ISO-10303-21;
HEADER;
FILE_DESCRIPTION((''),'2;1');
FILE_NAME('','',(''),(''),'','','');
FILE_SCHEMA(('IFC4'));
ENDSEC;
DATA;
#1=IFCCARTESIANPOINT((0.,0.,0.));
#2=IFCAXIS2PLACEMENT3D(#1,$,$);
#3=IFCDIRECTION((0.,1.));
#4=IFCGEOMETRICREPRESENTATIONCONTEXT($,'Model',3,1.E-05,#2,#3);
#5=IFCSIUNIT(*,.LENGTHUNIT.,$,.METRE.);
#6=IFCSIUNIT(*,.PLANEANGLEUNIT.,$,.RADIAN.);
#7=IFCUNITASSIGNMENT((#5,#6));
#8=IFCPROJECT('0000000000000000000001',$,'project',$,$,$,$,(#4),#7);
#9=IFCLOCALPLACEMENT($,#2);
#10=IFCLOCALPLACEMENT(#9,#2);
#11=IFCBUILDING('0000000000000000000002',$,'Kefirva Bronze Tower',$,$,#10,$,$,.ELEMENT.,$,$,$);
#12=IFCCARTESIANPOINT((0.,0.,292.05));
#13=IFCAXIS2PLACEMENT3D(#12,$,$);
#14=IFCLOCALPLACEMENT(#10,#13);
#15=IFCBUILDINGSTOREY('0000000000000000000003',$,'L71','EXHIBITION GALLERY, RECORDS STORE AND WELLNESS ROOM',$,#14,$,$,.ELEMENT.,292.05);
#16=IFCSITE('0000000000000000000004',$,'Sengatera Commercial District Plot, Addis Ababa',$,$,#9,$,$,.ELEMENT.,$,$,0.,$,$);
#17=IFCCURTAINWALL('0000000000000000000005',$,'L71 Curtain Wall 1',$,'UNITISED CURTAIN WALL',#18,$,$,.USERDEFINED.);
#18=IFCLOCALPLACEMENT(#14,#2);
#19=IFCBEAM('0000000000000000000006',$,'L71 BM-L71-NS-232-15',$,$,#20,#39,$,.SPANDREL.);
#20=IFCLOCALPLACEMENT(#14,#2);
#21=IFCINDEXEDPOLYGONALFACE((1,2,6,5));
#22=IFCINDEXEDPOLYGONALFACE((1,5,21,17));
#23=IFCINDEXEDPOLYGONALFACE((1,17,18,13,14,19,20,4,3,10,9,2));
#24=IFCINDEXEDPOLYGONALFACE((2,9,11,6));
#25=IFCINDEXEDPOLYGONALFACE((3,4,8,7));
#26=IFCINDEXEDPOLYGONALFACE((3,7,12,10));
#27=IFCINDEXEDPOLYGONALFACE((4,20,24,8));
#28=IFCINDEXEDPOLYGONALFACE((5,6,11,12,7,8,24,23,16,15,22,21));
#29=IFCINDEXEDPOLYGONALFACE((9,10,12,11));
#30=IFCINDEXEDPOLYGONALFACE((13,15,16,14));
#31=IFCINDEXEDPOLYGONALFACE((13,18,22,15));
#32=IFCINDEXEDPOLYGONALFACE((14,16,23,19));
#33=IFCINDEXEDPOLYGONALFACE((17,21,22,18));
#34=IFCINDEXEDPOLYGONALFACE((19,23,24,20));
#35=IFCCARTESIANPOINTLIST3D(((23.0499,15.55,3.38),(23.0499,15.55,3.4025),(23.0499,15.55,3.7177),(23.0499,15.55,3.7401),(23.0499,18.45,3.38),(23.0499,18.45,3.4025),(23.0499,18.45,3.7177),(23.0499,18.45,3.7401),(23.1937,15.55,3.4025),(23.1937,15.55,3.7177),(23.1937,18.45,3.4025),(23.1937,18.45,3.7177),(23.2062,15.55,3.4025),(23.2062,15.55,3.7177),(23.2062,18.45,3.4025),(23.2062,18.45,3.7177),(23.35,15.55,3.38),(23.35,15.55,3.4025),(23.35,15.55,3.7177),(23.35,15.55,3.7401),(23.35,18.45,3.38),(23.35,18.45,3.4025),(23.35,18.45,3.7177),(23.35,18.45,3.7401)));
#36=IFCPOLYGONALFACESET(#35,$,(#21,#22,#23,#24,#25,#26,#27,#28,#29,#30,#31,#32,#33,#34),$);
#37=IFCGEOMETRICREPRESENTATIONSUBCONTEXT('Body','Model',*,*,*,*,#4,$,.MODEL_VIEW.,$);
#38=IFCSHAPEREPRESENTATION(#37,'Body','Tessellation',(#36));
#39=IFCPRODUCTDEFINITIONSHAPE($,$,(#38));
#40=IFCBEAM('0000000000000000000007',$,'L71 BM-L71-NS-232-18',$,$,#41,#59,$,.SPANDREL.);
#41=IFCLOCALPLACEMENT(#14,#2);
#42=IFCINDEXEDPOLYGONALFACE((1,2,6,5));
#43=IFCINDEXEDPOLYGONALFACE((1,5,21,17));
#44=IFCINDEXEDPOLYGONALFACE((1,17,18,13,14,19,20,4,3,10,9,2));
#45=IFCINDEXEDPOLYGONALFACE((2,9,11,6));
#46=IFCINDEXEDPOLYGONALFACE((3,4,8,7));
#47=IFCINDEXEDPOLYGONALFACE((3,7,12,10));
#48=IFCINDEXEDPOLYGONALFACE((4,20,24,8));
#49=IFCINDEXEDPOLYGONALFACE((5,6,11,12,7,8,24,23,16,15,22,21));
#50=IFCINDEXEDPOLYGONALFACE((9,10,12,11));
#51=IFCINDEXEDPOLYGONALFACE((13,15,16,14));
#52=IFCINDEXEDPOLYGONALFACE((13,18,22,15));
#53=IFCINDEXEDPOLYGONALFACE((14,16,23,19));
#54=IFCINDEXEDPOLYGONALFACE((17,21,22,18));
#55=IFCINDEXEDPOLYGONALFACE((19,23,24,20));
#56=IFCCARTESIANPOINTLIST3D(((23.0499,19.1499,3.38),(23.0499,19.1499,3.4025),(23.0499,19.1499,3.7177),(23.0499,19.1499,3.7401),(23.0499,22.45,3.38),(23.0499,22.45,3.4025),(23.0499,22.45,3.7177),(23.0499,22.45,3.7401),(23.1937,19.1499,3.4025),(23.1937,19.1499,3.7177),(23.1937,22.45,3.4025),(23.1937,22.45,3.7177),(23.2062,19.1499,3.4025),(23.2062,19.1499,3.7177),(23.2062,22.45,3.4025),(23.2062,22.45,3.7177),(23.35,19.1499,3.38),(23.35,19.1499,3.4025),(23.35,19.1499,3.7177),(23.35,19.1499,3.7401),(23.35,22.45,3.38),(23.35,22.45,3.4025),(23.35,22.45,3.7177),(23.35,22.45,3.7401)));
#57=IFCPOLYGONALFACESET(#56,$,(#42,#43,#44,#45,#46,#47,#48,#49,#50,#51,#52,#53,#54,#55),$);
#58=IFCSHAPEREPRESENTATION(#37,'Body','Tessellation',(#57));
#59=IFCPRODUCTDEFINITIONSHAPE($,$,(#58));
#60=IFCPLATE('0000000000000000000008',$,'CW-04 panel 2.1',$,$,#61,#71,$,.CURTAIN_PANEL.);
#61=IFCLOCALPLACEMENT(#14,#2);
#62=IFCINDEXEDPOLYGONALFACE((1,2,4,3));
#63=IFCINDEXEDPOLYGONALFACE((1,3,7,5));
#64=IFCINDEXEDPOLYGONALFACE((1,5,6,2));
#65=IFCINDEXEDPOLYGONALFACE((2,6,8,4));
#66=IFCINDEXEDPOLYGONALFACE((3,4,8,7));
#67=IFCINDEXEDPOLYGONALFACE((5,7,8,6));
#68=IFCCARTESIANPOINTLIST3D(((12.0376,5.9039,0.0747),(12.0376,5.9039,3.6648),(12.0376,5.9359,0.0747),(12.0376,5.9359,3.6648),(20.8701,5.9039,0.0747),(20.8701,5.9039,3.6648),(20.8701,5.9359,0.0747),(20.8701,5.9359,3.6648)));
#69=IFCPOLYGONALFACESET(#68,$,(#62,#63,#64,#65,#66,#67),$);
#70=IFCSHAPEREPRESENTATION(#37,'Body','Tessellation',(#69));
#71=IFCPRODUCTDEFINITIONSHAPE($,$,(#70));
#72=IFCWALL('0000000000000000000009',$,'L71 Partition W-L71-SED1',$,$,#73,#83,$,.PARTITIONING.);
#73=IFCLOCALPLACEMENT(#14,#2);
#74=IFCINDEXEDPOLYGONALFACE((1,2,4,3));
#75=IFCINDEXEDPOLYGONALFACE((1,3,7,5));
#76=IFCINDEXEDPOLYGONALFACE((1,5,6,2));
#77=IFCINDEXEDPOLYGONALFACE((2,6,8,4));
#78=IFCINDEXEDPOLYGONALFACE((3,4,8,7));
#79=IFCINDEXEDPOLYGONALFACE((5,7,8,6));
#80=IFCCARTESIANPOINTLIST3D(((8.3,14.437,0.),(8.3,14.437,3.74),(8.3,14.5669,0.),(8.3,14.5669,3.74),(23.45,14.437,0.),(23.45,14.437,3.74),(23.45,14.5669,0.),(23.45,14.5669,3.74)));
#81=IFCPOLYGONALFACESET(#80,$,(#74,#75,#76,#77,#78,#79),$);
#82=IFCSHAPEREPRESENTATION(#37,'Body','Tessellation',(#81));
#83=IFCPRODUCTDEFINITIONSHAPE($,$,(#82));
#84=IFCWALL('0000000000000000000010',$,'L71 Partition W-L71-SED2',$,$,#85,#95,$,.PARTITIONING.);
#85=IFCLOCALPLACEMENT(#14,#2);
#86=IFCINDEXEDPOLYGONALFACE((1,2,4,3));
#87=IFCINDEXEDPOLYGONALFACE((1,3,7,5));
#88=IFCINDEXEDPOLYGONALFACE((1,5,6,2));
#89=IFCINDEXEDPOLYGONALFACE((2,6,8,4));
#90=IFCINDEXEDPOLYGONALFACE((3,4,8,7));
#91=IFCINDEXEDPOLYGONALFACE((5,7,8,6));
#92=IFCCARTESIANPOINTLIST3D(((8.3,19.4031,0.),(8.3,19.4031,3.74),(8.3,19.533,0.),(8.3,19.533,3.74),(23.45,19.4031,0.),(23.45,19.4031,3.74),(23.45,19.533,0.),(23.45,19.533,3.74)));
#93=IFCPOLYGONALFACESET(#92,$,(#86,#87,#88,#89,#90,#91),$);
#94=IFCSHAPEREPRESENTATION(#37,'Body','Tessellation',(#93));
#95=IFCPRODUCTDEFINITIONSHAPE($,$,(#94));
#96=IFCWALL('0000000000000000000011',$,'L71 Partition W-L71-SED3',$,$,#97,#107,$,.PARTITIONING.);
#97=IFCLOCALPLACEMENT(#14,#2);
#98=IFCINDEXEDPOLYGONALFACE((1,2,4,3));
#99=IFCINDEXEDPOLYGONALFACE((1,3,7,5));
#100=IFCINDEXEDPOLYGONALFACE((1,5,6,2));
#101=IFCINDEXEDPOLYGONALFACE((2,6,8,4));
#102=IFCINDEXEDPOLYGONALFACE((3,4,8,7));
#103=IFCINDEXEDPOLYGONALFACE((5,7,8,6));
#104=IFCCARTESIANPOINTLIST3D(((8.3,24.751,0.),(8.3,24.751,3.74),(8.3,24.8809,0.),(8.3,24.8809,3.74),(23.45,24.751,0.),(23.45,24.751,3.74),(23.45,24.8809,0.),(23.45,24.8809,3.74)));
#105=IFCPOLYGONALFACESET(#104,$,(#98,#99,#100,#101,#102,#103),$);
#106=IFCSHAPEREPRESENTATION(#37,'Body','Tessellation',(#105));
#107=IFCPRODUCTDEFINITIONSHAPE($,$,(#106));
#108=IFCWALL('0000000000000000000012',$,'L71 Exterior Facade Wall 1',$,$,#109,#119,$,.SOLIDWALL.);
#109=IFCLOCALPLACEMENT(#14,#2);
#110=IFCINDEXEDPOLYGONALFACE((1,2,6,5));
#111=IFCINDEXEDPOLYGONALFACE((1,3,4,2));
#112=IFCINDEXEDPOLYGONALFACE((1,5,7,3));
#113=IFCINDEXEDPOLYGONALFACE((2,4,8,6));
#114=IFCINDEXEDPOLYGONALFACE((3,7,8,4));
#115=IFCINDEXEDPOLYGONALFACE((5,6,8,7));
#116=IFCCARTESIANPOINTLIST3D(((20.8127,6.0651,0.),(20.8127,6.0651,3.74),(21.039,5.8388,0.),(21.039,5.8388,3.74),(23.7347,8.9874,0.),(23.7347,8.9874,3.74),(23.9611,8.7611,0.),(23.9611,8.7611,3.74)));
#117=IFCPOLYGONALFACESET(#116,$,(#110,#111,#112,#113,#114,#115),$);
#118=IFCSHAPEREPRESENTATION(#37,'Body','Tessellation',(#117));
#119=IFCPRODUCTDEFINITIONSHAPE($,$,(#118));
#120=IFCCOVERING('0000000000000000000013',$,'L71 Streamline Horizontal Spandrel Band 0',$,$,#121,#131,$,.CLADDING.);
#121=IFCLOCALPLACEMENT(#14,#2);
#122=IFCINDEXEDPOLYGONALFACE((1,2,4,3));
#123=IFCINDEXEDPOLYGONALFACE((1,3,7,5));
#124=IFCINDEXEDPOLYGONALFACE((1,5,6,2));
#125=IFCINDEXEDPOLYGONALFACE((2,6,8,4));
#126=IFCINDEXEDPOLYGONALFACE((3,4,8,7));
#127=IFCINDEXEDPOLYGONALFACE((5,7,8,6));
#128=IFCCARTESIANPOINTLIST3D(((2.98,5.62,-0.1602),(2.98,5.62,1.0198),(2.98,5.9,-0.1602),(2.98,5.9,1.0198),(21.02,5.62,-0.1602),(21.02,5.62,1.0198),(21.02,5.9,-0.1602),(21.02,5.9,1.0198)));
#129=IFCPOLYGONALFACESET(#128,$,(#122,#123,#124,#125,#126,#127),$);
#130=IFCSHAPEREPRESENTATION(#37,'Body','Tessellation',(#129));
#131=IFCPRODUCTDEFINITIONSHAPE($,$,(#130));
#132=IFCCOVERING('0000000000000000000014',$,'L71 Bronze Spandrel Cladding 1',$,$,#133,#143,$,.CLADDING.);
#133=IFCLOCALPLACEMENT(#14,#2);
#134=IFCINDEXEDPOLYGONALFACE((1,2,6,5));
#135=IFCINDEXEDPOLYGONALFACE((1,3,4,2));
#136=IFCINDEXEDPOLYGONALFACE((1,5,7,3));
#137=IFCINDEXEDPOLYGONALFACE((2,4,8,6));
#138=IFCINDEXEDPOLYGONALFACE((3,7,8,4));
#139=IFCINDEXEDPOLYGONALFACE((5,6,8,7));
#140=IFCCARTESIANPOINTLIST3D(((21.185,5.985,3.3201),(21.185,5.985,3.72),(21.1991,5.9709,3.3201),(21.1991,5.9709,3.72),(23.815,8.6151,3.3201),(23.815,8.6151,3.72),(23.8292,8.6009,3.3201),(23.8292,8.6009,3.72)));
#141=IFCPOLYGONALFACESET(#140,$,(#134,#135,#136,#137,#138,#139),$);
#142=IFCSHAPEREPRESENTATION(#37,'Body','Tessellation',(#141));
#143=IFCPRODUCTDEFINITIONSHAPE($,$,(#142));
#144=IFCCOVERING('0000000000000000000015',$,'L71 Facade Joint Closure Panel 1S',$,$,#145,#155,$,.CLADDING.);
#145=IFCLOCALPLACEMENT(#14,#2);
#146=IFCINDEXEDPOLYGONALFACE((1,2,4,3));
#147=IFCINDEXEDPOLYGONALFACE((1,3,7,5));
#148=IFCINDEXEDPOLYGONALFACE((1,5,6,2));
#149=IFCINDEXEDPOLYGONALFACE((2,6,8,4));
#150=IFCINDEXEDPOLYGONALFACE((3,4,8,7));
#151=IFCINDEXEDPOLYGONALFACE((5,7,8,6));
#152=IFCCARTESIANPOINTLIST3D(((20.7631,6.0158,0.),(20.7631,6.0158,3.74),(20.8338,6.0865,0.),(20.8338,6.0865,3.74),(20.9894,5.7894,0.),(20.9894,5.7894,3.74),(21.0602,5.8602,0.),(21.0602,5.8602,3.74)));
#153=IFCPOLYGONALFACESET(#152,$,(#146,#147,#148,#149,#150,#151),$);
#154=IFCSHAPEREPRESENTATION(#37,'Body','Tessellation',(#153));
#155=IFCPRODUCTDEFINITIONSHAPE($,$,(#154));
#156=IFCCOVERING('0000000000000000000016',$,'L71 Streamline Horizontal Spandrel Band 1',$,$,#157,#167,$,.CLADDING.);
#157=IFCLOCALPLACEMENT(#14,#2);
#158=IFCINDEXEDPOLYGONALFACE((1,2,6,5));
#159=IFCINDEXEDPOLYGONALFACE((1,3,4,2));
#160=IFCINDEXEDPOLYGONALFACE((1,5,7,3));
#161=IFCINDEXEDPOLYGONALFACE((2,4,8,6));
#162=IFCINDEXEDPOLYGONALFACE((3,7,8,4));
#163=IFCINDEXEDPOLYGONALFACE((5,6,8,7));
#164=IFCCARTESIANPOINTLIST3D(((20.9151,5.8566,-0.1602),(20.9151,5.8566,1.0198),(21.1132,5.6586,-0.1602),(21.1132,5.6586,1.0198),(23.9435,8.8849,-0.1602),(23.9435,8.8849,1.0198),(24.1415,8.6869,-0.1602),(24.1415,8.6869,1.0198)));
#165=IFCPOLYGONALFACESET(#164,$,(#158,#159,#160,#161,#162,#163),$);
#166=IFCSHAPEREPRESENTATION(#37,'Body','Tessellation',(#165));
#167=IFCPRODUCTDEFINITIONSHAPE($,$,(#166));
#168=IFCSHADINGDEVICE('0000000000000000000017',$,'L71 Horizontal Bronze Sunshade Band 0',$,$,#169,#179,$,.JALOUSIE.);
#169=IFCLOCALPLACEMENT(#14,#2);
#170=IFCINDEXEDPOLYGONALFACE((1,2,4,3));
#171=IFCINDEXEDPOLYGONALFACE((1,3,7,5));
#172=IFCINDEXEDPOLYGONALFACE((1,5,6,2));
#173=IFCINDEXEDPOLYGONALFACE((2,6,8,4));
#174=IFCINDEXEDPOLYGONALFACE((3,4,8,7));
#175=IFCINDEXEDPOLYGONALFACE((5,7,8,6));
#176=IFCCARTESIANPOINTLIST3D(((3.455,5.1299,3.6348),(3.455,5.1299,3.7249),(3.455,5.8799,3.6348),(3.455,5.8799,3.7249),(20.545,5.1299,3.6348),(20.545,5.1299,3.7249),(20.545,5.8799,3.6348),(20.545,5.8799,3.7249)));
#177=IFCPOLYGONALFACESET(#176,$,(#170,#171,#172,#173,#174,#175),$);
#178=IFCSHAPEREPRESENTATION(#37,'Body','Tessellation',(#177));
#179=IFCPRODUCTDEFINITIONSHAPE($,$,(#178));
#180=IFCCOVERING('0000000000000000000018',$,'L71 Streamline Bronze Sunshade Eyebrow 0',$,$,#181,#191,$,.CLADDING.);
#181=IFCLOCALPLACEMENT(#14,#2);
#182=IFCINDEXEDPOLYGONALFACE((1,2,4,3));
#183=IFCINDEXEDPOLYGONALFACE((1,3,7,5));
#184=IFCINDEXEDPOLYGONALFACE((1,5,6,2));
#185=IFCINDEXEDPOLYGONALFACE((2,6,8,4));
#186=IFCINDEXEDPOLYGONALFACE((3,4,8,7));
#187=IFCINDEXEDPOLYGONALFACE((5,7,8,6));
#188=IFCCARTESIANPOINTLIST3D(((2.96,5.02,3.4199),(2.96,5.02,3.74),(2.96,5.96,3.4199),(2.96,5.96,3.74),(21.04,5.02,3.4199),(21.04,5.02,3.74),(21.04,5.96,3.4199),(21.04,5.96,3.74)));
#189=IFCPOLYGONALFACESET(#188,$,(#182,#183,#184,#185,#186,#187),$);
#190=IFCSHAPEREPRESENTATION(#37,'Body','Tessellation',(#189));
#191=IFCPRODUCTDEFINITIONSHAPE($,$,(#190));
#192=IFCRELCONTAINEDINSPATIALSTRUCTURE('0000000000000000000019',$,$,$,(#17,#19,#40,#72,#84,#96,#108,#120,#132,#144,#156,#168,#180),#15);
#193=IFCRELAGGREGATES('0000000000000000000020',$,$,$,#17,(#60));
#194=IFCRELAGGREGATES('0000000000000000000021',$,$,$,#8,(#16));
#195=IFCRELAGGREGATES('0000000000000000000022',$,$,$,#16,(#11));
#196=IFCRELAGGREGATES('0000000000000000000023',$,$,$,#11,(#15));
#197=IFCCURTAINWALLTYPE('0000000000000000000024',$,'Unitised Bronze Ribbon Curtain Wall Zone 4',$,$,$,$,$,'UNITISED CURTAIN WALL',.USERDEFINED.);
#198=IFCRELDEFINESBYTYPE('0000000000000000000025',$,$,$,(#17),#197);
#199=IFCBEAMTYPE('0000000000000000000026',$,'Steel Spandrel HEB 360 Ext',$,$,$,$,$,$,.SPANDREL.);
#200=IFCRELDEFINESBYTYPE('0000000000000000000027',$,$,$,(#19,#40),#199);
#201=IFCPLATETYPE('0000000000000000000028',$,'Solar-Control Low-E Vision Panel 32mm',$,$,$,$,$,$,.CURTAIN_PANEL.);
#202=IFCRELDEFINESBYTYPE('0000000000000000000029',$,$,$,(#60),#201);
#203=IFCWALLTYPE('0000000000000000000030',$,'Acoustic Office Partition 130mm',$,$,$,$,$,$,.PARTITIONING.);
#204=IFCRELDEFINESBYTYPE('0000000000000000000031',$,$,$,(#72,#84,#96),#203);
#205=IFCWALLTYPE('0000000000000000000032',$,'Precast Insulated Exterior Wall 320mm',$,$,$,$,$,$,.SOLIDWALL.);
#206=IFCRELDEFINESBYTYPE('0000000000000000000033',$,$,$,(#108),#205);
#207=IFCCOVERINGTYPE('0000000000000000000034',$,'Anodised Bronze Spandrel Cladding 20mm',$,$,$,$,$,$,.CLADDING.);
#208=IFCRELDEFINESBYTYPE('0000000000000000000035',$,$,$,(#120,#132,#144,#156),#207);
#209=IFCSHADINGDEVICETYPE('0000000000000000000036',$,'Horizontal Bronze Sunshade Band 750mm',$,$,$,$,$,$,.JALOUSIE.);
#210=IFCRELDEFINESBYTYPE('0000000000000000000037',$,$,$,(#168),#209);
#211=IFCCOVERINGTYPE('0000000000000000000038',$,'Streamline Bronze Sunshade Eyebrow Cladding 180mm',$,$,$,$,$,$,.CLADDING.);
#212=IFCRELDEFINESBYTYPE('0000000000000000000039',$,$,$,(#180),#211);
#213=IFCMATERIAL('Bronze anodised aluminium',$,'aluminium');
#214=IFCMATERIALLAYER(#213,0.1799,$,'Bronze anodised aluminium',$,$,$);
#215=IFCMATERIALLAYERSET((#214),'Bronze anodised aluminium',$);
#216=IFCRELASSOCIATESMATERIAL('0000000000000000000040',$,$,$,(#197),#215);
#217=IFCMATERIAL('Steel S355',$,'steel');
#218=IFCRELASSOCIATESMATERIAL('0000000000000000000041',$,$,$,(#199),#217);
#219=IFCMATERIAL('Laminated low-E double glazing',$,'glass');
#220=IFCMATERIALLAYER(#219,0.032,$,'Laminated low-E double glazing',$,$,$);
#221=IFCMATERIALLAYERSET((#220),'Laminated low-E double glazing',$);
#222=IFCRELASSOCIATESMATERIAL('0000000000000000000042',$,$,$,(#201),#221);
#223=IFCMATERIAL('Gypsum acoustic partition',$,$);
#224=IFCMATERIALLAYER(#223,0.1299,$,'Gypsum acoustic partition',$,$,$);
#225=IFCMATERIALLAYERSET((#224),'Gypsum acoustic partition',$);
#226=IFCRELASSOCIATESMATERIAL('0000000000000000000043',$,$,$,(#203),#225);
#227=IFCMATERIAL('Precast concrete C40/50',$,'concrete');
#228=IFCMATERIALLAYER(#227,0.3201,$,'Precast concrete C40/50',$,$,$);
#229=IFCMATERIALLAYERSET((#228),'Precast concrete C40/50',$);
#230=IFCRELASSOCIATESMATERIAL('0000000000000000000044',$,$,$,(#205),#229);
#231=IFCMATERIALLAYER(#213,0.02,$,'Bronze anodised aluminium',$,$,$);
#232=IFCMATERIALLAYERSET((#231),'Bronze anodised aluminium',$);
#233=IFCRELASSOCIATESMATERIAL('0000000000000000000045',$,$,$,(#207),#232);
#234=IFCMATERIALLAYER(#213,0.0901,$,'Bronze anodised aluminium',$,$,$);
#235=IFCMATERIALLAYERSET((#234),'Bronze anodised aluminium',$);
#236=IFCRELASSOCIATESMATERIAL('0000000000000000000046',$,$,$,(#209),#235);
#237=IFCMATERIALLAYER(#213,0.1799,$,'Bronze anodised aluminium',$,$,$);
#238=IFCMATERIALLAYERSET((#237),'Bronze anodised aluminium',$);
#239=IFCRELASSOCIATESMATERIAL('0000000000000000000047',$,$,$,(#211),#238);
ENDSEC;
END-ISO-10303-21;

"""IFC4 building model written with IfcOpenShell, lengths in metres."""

from ifc_helpers import new_model, si_unit, direction, frame, frame_2d, origin, origin_2d, place, context, subcontext, project, spatial, rectangle, i_section, extrude, material, layer, layer_set, material_profile, profile_set, type_object, element, aggregate, save


model = new_model("IFC4")

# Units and contexts
model_context = context("Model", 3, precision=1e-05, world=origin(), true_north=direction((0.0, 1.0)))
body_context = subcontext(model_context, "Body", "Model", "MODEL_VIEW")
ifc_project = project(units=[si_unit("LENGTHUNIT", "METRE"), si_unit("PLANEANGLEUNIT", "RADIAN")], contexts=[model_context])

# Site, building, storey
site_placement = place(None, origin())
site = spatial("IfcSite", under=ifc_project, at=site_placement, Name="Sengatera Commercial District Plot, Addis Ababa", CompositionType="ELEMENT", RefElevation=0.0)
building_placement = place(site_placement, origin())
building = spatial("IfcBuilding", under=site, at=building_placement, Name="Kefirva Bronze Tower", CompositionType="ELEMENT")
storey_placement = place(building_placement, frame((0.0, 0.0, 292.05)))
storey = spatial("IfcBuildingStorey", under=building, at=storey_placement, Name="L71", Description="EXHIBITION GALLERY, RECORDS STORE AND WELLNESS ROOM", CompositionType="ELEMENT", Elevation=292.05)

# Curtain wall
ifc_material_1 = material(Name="Bronze anodised aluminium", Category="aluminium")
ifc_layer_1 = layer(ifc_material_1, 0.1799, Name="Bronze anodised aluminium")
ifc_layer_set_1 = layer_set([ifc_layer_1], Name="Bronze anodised aluminium")
curtain_wall_type = type_object("IfcCurtainWallType", Name="Unitised Bronze Ribbon Curtain Wall Zone 4", ElementType="UNITISED CURTAIN WALL", PredefinedType="USERDEFINED", material=ifc_layer_set_1)
curtain_wall_placement = place(storey_placement, origin())
curtain_wall = element("IfcCurtainWall", 1, at=curtain_wall_placement, inside=storey, type_object=curtain_wall_type, Name="L71 Curtain Wall 1", ObjectType="UNITISED CURTAIN WALL", PredefinedType="USERDEFINED")

# Beams
ifc_material_2 = material(Name="Steel S355", Category="steel")
ifc_material_profile_1 = material_profile(ifc_material_2, i_section(OverallWidth=0.3, OverallDepth=0.3601, WebThickness=0.0125, FlangeThickness=0.0225, at=origin_2d()), Name="HEB 360")
ifc_profile_set_1 = profile_set([ifc_material_profile_1], Name="Steel S355")
beam_type_1 = type_object("IfcBeamType", Name="Steel Spandrel HEB 360 Ext", PredefinedType="SPANDREL", material=ifc_profile_set_1)
beam_1_placement = place(storey_placement, frame((23.2, 15.55, 3.5601), z_axis=(0.0, 1.0, 0.0), x_axis=(-1.0, 0.0, 0.0)))
element("IfcBeam", 2, at=beam_1_placement, inside=storey, type_object=beam_type_1, Name="L71 BM-L71-NS-232-15", PredefinedType="SPANDREL", context=body_context, shape_type="SweptSolid", body=[
    extrude(i_section(OverallWidth=0.3, OverallDepth=0.3601, WebThickness=0.0125, FlangeThickness=0.0225, at=origin_2d()), origin(), (0.0, 0.0, 1.0), 2.8999),
])
beam_2_placement = place(storey_placement, frame((23.2, 19.1499, 3.5601), z_axis=(0.0, 1.0, 0.0), x_axis=(-1.0, 0.0, 0.0)))
element("IfcBeam", 3, at=beam_2_placement, inside=storey, type_object=beam_type_1, Name="L71 BM-L71-NS-232-18", PredefinedType="SPANDREL", context=body_context, shape_type="SweptSolid", body=[
    extrude(i_section(OverallWidth=0.3, OverallDepth=0.3601, WebThickness=0.0125, FlangeThickness=0.0225, at=origin_2d()), origin(), (0.0, 0.0, 1.0), 3.3),
])

# Plate
ifc_material_3 = material(Name="Laminated low-E double glazing", Category="glass")
ifc_layer_2 = layer(ifc_material_3, 0.032, Name="Laminated low-E double glazing")
ifc_layer_set_2 = layer_set([ifc_layer_2], Name="Laminated low-E double glazing")
plate_type = type_object("IfcPlateType", Name="Solar-Control Low-E Vision Panel 32mm", PredefinedType="CURTAIN_PANEL", material=ifc_layer_set_2)
plate_placement = place(storey_placement, frame((16.4539, 5.9199, 0.0747), z_axis=(0.0, 0.0, 1.0), x_axis=(1.0, 0.0, 0.0)))
plate = element("IfcPlate", 4, at=plate_placement, type_object=plate_type, Name="CW-04 panel 2.1", PredefinedType="CURTAIN_PANEL", context=body_context, shape_type="SweptSolid", body=[
    extrude(rectangle(XDim=8.8325, YDim=0.032, at=origin_2d()), origin(), (0.0, 0.0, 1.0), 3.5901),
])
aggregate(curtain_wall, [plate])

# Walls
ifc_material_4 = material(Name="Gypsum acoustic partition")
ifc_layer_3 = layer(ifc_material_4, 0.1299, Name="Gypsum acoustic partition")
ifc_layer_set_3 = layer_set([ifc_layer_3], Name="Gypsum acoustic partition")
wall_type_1 = type_object("IfcWallType", Name="Acoustic Office Partition 130mm", PredefinedType="PARTITIONING", material=ifc_layer_set_3)
for number, where, z_axis, x_axis, name in (
    (5, (8.3, 14.502, 0.0), (0.0, 0.0, 1.0), (1.0, 0.0, 0.0), "L71 Partition W-L71-SED1"),
    (6, (8.3, 19.468, 0.0), (0.0, 0.0, 1.0), (1.0, 0.0, 0.0), "L71 Partition W-L71-SED2"),
    (7, (8.3, 24.8159, 0.0), (0.0, 0.0, 1.0), (1.0, 0.0, 0.0), "L71 Partition W-L71-SED3"),
):
    element("IfcWall", number, at=place(storey_placement, frame(where, z_axis=z_axis, x_axis=x_axis)), inside=storey, type_object=wall_type_1, Name=name, PredefinedType="PARTITIONING", context=body_context, shape_type="SweptSolid", body=[
        extrude(rectangle(XDim=15.1499, YDim=0.1299, at=frame_2d((7.575, 0.0))), origin(), (0.0, 0.0, 1.0), 3.74),
    ])
ifc_material_5 = material(Name="Precast concrete C40/50", Category="concrete")
ifc_layer_4 = layer(ifc_material_5, 0.3201, Name="Precast concrete C40/50")
ifc_layer_set_4 = layer_set([ifc_layer_4], Name="Precast concrete C40/50")
wall_type_2 = type_object("IfcWallType", Name="Precast Insulated Exterior Wall 320mm", PredefinedType="SOLIDWALL", material=ifc_layer_set_4)
wall_placement = place(storey_placement, frame((20.9258, 5.9519, 0.0), z_axis=(0.0, 0.0, 1.0), x_axis=(0.707077, 0.707136, 0.0)))
element("IfcWall", 8, at=wall_placement, inside=storey, type_object=wall_type_2, Name="L71 Exterior Facade Wall 1", PredefinedType="SOLIDWALL", context=body_context, shape_type="SweptSolid", body=[
    extrude(rectangle(XDim=4.1326, YDim=0.3201, at=frame_2d((2.0664, 0.0))), origin(), (0.0, 0.0, 1.0), 3.74),
])

# Coverings
ifc_layer_5 = layer(ifc_material_1, 0.02, Name="Bronze anodised aluminium")
ifc_layer_set_5 = layer_set([ifc_layer_5], Name="Bronze anodised aluminium")
covering_type_1 = type_object("IfcCoveringType", Name="Anodised Bronze Spandrel Cladding 20mm", PredefinedType="CLADDING", material=ifc_layer_set_5)
covering_1_placement = place(storey_placement, frame((12.0, 5.76, -0.1602), z_axis=(0.0, 0.0, 1.0), x_axis=(1.0, 0.0, 0.0)))
element("IfcCovering", 9, at=covering_1_placement, inside=storey, type_object=covering_type_1, Name="L71 Streamline Horizontal Spandrel Band 0", PredefinedType="CLADDING", context=body_context, shape_type="SweptSolid", body=[
    extrude(rectangle(XDim=18.04, YDim=0.28, at=origin_2d()), origin(), (0.0, 0.0, 1.0), 1.1799),
])
covering_2_placement = place(storey_placement, frame((22.5071, 7.293, 3.3201), z_axis=(0.0, 0.0, 1.0), x_axis=(0.707107, 0.707107, 0.0)))
element("IfcCovering", 10, at=covering_2_placement, inside=storey, type_object=covering_type_1, Name="L71 Bronze Spandrel Cladding 1", PredefinedType="CLADDING", context=body_context, shape_type="SweptSolid", body=[
    extrude(rectangle(XDim=3.7195, YDim=0.02, at=origin_2d()), origin(), (0.0, 0.0, 1.0), 0.3999),
])
covering_3_placement = place(storey_placement, frame((20.9116, 5.938, 0.0), z_axis=(0.0, 0.0, 1.0), x_axis=(0.707107, 0.707107, 0.0)))
element("IfcCovering", 11, at=covering_3_placement, inside=storey, type_object=covering_type_1, Name="L71 Facade Joint Closure Panel 1S", PredefinedType="CLADDING", context=body_context, shape_type="SweptSolid", body=[
    extrude(rectangle(XDim=0.1001, YDim=0.3201, at=origin_2d()), origin(), (0.0, 0.0, 1.0), 3.74),
])
covering_4_placement = place(storey_placement, frame((22.5283, 7.2717, -0.1602), z_axis=(0.0, 0.0, 1.0), x_axis=(0.707107, 0.707107, 0.0)))
element("IfcCovering", 12, at=covering_4_placement, inside=storey, type_object=covering_type_1, Name="L71 Streamline Horizontal Spandrel Band 1", PredefinedType="CLADDING", context=body_context, shape_type="SweptSolid", body=[
    extrude(rectangle(XDim=4.2827, YDim=0.28, at=origin_2d()), origin(), (0.0, 0.0, 1.0), 1.1799),
])

# Shading device
ifc_layer_6 = layer(ifc_material_1, 0.0901, Name="Bronze anodised aluminium")
ifc_layer_set_6 = layer_set([ifc_layer_6], Name="Bronze anodised aluminium")
shading_device_type = type_object("IfcShadingDeviceType", Name="Horizontal Bronze Sunshade Band 750mm", PredefinedType="JALOUSIE", material=ifc_layer_set_6)
shading_device_placement = place(storey_placement, frame((12.0, 5.5049, 3.6348), z_axis=(0.0, 0.0, 1.0), x_axis=(1.0, 0.0, 0.0)))
element("IfcShadingDevice", 13, at=shading_device_placement, inside=storey, type_object=shading_device_type, Name="L71 Horizontal Bronze Sunshade Band 0", PredefinedType="JALOUSIE", context=body_context, shape_type="SweptSolid", body=[
    extrude(rectangle(XDim=17.0901, YDim=0.75, at=origin_2d()), origin(), (0.0, 0.0, 1.0), 0.0901),
])

# Covering
ifc_layer_7 = layer(ifc_material_1, 0.1799, Name="Bronze anodised aluminium")
ifc_layer_set_7 = layer_set([ifc_layer_7], Name="Bronze anodised aluminium")
covering_type_2 = type_object("IfcCoveringType", Name="Streamline Bronze Sunshade Eyebrow Cladding 180mm", PredefinedType="CLADDING", material=ifc_layer_set_7)
covering_5_placement = place(storey_placement, frame((12.0, 5.49, 3.4199), z_axis=(0.0, 0.0, 1.0), x_axis=(1.0, 0.0, 0.0)))
element("IfcCovering", 14, at=covering_5_placement, inside=storey, type_object=covering_type_2, Name="L71 Streamline Bronze Sunshade Eyebrow 0", PredefinedType="CLADDING", context=body_context, shape_type="SweptSolid", body=[
    extrude(rectangle(XDim=18.0801, YDim=0.9399, at=origin_2d()), origin(), (0.0, 0.0, 1.0), 0.3201),
])

save(model, "model.ifc")
